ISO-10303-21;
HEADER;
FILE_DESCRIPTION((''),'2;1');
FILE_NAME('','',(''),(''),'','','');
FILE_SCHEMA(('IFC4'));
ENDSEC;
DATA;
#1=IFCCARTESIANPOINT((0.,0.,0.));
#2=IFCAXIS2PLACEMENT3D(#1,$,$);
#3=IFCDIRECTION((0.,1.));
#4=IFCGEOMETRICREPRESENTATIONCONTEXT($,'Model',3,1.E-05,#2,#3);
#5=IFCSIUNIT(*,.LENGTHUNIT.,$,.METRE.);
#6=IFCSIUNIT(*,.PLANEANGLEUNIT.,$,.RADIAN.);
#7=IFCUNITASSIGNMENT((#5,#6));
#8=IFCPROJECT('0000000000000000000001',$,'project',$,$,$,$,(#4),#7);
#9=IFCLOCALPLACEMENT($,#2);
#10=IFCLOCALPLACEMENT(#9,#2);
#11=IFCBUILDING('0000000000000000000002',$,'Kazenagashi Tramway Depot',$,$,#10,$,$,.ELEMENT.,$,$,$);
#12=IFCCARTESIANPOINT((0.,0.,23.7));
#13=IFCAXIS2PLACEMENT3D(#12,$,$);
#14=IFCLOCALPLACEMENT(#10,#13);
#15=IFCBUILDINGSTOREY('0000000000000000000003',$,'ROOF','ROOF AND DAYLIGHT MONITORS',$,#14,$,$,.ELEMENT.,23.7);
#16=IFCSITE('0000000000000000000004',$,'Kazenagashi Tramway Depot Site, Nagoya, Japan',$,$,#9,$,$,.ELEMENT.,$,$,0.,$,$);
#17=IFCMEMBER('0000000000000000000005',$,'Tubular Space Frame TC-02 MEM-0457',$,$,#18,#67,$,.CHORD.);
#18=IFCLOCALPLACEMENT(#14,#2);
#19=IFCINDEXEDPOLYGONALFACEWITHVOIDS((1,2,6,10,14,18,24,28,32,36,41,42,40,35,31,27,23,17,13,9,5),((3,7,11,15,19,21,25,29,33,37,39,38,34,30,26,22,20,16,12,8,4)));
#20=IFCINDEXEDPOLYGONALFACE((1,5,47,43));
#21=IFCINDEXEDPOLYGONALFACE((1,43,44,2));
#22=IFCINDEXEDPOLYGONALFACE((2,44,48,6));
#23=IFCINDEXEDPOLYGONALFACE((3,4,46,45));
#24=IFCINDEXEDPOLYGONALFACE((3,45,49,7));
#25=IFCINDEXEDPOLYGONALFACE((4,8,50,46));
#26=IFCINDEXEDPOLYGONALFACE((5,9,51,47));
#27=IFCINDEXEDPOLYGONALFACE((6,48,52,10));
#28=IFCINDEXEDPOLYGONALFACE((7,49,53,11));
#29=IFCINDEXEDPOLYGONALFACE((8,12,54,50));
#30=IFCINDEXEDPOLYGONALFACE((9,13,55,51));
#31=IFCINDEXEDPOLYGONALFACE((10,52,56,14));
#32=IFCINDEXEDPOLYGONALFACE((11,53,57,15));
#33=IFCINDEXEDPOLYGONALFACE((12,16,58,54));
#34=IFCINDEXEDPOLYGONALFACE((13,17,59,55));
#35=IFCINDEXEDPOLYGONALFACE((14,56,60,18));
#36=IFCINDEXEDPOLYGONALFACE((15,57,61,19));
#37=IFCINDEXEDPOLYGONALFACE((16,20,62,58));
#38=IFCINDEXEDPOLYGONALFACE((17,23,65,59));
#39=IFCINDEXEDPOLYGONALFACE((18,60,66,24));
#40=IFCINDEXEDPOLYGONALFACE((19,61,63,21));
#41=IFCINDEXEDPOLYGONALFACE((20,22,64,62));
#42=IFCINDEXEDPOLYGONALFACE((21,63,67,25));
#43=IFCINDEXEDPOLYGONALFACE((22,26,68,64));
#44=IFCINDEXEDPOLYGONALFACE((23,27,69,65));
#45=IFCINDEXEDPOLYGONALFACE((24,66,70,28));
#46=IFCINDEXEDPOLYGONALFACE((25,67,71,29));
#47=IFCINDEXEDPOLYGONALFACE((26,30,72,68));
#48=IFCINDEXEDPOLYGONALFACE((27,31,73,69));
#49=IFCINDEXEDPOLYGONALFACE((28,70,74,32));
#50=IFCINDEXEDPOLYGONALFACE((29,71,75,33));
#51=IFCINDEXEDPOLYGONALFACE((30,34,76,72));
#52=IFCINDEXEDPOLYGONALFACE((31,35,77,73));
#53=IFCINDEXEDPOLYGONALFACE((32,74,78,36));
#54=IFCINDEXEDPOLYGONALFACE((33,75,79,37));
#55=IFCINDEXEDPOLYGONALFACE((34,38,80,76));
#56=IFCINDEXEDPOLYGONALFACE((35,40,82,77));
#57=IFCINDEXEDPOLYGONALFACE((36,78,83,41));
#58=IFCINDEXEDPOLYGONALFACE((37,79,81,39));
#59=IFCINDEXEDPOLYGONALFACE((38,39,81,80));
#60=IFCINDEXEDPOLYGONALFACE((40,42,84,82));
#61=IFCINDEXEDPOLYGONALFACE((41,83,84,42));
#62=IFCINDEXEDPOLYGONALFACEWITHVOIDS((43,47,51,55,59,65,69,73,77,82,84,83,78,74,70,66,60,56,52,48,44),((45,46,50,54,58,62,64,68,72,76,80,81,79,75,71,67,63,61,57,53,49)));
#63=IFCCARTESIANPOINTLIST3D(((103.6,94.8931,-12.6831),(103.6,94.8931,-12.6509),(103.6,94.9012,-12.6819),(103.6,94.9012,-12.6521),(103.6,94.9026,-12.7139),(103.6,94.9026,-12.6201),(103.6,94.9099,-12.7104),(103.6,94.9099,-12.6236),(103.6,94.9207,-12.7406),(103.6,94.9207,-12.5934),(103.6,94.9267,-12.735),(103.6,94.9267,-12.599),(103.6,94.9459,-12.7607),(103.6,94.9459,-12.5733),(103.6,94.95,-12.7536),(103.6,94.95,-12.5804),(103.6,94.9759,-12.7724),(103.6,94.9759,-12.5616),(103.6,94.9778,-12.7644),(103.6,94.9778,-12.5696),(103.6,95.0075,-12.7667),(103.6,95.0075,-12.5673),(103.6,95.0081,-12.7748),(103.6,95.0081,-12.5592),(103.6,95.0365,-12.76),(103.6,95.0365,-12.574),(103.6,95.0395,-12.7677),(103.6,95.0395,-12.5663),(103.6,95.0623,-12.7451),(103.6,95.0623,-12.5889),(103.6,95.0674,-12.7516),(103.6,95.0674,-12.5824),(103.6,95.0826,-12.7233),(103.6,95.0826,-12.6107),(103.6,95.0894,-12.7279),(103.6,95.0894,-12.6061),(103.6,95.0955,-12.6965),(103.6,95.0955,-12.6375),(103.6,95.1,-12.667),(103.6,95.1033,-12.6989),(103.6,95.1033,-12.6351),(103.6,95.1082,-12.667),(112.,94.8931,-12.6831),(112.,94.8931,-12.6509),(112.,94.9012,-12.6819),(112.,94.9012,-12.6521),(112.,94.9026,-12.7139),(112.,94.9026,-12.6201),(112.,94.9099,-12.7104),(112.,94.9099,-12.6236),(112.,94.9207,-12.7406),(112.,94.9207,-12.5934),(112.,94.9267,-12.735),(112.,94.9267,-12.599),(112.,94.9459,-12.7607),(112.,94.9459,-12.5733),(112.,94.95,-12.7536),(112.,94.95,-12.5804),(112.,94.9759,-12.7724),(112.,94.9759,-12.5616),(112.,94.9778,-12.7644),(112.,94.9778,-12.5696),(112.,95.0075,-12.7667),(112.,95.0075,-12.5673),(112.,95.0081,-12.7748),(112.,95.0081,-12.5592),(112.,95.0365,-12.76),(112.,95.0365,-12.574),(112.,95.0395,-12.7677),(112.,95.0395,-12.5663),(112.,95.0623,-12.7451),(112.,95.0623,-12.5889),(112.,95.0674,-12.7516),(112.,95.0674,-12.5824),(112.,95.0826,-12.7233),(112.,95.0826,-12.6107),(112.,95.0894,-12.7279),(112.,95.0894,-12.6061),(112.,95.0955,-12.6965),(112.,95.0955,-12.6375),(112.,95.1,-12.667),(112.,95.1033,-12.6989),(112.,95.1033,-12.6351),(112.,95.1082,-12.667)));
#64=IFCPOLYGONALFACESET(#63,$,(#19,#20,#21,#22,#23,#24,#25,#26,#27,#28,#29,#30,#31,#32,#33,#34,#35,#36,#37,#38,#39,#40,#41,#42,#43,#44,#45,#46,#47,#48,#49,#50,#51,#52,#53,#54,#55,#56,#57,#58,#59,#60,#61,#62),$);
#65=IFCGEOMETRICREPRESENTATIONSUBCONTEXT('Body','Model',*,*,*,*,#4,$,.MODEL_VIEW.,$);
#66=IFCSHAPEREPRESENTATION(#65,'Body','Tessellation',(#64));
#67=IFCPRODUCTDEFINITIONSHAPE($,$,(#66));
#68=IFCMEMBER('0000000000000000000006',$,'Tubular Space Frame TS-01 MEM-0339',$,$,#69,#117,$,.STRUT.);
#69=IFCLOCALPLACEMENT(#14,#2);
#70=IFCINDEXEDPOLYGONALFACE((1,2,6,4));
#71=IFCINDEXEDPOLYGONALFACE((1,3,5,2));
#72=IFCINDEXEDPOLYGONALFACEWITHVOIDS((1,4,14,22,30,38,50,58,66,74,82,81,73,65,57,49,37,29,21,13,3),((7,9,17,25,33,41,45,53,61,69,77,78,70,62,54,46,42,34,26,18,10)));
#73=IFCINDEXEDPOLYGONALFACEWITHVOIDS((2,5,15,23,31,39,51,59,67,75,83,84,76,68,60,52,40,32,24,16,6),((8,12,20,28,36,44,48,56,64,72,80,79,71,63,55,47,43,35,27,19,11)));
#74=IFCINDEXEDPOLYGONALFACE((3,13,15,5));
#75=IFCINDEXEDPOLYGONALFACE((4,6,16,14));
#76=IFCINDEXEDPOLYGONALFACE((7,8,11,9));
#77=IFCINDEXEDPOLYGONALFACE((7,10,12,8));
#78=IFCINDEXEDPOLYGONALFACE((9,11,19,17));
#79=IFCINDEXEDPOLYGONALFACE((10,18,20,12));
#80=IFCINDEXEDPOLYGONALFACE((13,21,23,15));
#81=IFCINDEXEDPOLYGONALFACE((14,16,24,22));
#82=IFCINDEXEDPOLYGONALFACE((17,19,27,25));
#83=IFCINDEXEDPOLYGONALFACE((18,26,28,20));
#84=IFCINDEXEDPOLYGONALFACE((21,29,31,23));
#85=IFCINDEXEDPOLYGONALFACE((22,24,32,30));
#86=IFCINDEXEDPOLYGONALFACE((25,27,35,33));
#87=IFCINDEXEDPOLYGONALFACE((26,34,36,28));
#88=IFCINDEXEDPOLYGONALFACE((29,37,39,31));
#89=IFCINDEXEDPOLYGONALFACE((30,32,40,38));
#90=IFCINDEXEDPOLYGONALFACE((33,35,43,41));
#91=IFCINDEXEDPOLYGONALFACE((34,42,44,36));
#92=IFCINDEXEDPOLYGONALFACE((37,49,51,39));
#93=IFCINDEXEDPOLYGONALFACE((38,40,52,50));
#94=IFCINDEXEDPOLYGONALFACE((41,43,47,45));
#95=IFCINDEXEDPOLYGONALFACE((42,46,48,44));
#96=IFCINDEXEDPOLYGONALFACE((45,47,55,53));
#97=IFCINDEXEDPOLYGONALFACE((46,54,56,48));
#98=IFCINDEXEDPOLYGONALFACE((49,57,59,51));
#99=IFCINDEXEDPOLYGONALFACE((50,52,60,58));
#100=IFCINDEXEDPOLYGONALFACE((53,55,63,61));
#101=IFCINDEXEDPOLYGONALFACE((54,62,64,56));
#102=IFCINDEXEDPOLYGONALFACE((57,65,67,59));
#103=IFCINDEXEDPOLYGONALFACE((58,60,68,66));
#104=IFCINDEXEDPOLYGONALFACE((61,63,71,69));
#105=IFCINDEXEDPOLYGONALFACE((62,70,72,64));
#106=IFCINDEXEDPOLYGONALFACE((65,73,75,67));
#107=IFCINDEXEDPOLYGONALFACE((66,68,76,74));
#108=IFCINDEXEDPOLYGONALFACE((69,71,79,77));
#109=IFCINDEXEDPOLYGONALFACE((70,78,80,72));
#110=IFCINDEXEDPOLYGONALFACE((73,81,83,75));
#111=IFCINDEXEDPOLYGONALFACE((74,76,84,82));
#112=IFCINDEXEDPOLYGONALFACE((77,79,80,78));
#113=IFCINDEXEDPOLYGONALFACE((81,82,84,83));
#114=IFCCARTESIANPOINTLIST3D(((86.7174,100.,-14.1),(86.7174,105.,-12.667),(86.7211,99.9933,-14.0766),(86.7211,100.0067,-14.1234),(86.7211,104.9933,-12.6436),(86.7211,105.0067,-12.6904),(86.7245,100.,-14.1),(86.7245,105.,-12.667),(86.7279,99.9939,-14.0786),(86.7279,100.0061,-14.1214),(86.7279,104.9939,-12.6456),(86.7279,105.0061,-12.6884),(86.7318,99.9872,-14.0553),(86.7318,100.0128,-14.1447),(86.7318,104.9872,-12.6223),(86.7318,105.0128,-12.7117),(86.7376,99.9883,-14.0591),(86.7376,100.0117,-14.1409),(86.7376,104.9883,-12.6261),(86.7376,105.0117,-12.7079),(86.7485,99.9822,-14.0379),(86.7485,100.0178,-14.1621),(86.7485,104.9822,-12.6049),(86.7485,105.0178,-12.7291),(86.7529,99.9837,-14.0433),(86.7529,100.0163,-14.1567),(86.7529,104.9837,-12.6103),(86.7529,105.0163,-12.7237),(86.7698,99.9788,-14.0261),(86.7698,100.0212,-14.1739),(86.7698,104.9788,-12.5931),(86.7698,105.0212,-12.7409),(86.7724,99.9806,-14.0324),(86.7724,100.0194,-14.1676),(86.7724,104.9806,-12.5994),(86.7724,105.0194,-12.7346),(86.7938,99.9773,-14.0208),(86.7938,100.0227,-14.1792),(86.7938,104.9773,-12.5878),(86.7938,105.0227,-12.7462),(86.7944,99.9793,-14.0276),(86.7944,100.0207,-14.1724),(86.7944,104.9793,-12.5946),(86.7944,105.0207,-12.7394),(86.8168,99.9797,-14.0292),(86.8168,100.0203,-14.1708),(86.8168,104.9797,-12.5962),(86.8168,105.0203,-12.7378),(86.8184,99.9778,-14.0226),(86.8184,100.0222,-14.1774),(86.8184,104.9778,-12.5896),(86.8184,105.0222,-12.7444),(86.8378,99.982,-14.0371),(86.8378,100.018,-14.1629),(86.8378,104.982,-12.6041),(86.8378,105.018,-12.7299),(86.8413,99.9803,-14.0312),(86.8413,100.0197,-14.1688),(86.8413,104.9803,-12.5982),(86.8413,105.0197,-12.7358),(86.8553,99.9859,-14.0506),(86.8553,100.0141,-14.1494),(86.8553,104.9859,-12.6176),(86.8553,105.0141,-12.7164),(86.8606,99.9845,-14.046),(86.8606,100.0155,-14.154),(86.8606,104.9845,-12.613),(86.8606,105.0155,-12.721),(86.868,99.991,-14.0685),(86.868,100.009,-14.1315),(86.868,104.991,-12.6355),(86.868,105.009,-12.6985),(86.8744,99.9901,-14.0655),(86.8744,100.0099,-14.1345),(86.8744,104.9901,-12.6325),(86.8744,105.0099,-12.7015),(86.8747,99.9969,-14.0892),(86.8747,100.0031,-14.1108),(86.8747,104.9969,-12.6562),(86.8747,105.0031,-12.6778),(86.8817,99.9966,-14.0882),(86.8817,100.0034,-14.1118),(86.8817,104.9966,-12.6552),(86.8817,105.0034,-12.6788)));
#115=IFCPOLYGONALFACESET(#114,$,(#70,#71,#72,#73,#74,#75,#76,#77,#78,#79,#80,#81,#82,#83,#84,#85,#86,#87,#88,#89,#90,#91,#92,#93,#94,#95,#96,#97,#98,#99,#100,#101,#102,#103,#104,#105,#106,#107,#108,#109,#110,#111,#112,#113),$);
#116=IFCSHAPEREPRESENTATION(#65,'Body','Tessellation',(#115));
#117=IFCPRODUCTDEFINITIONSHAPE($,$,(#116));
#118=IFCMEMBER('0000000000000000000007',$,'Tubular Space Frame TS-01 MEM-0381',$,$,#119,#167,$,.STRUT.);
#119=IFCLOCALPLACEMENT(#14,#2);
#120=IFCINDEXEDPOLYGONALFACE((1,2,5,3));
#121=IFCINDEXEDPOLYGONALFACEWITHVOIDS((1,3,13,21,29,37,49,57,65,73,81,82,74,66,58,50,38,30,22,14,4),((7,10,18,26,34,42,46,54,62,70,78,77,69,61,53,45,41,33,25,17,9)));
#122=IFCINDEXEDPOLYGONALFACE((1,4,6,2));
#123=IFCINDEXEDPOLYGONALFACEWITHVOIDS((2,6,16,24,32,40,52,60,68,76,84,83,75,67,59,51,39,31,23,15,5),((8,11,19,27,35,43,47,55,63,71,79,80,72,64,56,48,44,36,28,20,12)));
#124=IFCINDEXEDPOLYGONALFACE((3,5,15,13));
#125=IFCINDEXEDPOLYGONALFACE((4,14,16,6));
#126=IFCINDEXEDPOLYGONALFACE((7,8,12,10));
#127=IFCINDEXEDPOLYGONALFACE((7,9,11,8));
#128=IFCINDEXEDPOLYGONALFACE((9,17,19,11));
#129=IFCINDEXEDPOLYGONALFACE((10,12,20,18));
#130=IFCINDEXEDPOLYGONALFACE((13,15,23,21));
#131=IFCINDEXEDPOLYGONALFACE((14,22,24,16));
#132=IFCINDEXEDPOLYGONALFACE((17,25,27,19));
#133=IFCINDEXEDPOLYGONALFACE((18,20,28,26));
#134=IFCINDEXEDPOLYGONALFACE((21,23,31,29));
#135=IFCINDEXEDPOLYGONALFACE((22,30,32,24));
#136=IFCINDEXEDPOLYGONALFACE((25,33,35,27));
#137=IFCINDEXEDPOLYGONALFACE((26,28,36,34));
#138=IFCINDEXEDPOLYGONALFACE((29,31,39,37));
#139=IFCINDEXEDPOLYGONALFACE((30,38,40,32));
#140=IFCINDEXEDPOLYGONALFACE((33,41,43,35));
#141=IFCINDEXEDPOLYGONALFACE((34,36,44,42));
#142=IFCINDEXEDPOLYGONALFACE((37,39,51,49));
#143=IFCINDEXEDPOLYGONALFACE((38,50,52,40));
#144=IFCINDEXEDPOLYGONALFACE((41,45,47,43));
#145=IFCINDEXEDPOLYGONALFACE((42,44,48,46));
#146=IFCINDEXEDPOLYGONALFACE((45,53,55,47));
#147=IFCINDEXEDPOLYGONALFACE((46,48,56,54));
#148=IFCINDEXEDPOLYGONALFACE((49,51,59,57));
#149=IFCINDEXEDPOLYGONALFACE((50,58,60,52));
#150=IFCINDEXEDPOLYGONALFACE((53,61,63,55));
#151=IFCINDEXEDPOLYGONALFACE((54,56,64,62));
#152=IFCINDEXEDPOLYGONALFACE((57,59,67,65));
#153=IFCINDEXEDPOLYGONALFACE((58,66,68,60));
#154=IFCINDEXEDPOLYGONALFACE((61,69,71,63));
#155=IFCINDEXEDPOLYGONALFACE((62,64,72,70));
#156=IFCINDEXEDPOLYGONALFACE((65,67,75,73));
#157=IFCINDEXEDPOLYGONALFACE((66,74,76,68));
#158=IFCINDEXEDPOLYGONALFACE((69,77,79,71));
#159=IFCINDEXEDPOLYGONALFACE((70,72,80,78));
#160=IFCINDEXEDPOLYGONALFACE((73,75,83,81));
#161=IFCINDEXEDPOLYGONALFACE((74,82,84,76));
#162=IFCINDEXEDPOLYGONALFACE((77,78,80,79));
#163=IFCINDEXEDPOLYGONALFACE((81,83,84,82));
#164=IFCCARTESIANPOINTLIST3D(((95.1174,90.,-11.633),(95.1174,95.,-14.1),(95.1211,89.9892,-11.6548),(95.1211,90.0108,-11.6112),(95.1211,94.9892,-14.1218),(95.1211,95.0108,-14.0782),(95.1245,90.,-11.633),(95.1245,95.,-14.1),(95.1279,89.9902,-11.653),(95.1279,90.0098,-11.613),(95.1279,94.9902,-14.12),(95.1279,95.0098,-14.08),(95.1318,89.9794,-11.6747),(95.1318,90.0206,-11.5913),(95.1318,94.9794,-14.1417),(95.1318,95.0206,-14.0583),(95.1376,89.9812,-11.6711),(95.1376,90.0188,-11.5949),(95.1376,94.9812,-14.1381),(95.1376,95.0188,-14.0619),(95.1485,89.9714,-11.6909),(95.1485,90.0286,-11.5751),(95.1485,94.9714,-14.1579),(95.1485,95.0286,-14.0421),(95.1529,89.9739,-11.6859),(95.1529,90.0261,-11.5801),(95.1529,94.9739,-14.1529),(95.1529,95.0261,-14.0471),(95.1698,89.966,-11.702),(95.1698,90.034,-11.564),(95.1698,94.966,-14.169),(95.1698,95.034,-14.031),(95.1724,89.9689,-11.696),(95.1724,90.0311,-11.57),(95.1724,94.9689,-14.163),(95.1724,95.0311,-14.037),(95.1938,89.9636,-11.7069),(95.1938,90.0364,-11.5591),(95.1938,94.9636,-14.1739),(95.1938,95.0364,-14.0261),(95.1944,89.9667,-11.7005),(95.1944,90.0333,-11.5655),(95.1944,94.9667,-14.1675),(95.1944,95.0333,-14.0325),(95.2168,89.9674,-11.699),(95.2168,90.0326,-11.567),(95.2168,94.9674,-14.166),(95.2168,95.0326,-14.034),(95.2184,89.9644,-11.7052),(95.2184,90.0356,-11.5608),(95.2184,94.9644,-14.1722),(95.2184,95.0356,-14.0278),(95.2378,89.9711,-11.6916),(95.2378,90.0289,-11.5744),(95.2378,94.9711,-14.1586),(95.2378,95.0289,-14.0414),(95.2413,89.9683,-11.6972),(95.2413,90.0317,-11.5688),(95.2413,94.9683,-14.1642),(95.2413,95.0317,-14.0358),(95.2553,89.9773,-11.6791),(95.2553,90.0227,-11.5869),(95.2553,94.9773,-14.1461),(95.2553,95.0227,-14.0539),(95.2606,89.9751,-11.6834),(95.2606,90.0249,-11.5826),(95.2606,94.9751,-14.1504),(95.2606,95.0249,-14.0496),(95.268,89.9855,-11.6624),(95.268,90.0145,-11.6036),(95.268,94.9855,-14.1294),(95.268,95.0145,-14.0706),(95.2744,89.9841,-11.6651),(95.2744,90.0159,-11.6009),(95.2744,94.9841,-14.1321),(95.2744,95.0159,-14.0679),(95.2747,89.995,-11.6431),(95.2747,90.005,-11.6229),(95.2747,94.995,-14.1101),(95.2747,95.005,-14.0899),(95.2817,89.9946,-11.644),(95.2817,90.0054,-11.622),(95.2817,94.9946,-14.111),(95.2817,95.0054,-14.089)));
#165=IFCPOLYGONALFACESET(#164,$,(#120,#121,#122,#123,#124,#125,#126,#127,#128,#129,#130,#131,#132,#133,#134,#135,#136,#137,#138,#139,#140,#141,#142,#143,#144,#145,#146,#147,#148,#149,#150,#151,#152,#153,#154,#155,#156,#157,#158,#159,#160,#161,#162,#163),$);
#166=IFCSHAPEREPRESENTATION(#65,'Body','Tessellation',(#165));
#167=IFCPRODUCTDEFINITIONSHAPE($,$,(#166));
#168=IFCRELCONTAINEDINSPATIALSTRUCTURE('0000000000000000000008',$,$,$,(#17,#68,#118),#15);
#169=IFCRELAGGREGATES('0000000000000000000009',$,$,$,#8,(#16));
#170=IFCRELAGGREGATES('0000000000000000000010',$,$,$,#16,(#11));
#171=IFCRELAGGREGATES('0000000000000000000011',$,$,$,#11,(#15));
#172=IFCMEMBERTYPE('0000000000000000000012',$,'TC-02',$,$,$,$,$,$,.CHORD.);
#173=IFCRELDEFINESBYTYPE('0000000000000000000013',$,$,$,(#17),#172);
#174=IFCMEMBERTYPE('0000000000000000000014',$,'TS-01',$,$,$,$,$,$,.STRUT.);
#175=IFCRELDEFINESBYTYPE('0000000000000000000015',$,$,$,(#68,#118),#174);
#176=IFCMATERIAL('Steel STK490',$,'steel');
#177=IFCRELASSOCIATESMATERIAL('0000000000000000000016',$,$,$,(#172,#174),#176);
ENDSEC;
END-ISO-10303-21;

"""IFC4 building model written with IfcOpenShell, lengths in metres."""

from ifc_helpers import new_model, si_unit, direction, frame, origin, origin_2d, place, context, subcontext, project, spatial, hollow_circle, extrude, material, material_profile, profile_set, type_object, element, save


model = new_model("IFC4")

# Units and contexts
model_context = context("Model", 3, precision=1e-05, world=origin(), true_north=direction((0.0, 1.0)))
body_context = subcontext(model_context, "Body", "Model", "MODEL_VIEW")
ifc_project = project(units=[si_unit("LENGTHUNIT", "METRE"), si_unit("PLANEANGLEUNIT", "RADIAN")], contexts=[model_context])

# Site, building, storey
site_placement = place(None, origin())
site = spatial("IfcSite", under=ifc_project, at=site_placement, Name="Kazenagashi Tramway Depot Site, Nagoya, Japan", CompositionType="ELEMENT", RefElevation=0.0)
building_placement = place(site_placement, origin())
building = spatial("IfcBuilding", under=site, at=building_placement, Name="Kazenagashi Tramway Depot", CompositionType="ELEMENT")
storey_placement = place(building_placement, frame((0.0, 0.0, 23.7)))
storey = spatial("IfcBuildingStorey", under=building, at=storey_placement, Name="ROOF", Description="ROOF AND DAYLIGHT MONITORS", CompositionType="ELEMENT", Elevation=23.7)

# Members
ifc_material_1 = material(Name="Steel STK490", Category="steel")
ifc_material_profile_1 = material_profile(ifc_material_1, hollow_circle(Radius=0.1081, WallThickness=0.0082, at=origin_2d()), Name="CHS-216.3x8.2")
ifc_profile_set_1 = profile_set([ifc_material_profile_1], Name="Steel STK490")
member_type_1 = type_object("IfcMemberType", Name="TC-02", PredefinedType="CHORD", material=ifc_profile_set_1)
for number, where, z_axis, x_axis, name in (
    (1, (103.6, 95.0, -12.667), (1.0, 0.0, 0.0), (0.0, 1.0, 0.0), "Tubular Space Frame TC-02 MEM-0457"),
):
    element("IfcMember", number, at=place(storey_placement, frame(where, z_axis=z_axis, x_axis=x_axis)), inside=storey, type_object=member_type_1, Name=name, PredefinedType="CHORD", context=body_context, shape_type="SweptSolid", body=[
        extrude(hollow_circle(Radius=0.1081, WallThickness=0.0082, at=origin_2d()), origin(), (0.0, 0.0, 1.0), 8.4),
    ])
ifc_material_profile_2 = material_profile(ifc_material_1, hollow_circle(Radius=0.0826, WallThickness=0.0071, at=origin_2d()), Name="CHS-165.2x7.1")
ifc_profile_set_2 = profile_set([ifc_material_profile_2], Name="Steel STK490")
member_type_2 = type_object("IfcMemberType", Name="TS-01", PredefinedType="STRUT", material=ifc_profile_set_2)
member_1_placement = place(storey_placement, frame((86.8, 100.0, -14.1), z_axis=(0.0, 0.961299, 0.275508), x_axis=(-1.0, 0.0, 0.0)))
element("IfcMember", 2, at=member_1_placement, inside=storey, type_object=member_type_2, Name="Tubular Space Frame TS-01 MEM-0339", PredefinedType="STRUT", context=body_context, shape_type="SweptSolid", body=[
    extrude(hollow_circle(Radius=0.0826, WallThickness=0.0071, at=origin_2d()), origin(), (0.0, 0.0, 1.0), 5.2013),
])
member_2_placement = place(storey_placement, frame((95.2, 90.0, -11.633), z_axis=(0.0, 0.896782, -0.442472), x_axis=(-1.0, 0.0, 0.0)))
element("IfcMember", 3, at=member_2_placement, inside=storey, type_object=member_type_2, Name="Tubular Space Frame TS-01 MEM-0381", PredefinedType="STRUT", context=body_context, shape_type="SweptSolid", body=[
    extrude(hollow_circle(Radius=0.0826, WallThickness=0.0071, at=origin_2d()), origin(), (0.0, 0.0, 1.0), 5.5755),
])

save(model, "model.ifc")
